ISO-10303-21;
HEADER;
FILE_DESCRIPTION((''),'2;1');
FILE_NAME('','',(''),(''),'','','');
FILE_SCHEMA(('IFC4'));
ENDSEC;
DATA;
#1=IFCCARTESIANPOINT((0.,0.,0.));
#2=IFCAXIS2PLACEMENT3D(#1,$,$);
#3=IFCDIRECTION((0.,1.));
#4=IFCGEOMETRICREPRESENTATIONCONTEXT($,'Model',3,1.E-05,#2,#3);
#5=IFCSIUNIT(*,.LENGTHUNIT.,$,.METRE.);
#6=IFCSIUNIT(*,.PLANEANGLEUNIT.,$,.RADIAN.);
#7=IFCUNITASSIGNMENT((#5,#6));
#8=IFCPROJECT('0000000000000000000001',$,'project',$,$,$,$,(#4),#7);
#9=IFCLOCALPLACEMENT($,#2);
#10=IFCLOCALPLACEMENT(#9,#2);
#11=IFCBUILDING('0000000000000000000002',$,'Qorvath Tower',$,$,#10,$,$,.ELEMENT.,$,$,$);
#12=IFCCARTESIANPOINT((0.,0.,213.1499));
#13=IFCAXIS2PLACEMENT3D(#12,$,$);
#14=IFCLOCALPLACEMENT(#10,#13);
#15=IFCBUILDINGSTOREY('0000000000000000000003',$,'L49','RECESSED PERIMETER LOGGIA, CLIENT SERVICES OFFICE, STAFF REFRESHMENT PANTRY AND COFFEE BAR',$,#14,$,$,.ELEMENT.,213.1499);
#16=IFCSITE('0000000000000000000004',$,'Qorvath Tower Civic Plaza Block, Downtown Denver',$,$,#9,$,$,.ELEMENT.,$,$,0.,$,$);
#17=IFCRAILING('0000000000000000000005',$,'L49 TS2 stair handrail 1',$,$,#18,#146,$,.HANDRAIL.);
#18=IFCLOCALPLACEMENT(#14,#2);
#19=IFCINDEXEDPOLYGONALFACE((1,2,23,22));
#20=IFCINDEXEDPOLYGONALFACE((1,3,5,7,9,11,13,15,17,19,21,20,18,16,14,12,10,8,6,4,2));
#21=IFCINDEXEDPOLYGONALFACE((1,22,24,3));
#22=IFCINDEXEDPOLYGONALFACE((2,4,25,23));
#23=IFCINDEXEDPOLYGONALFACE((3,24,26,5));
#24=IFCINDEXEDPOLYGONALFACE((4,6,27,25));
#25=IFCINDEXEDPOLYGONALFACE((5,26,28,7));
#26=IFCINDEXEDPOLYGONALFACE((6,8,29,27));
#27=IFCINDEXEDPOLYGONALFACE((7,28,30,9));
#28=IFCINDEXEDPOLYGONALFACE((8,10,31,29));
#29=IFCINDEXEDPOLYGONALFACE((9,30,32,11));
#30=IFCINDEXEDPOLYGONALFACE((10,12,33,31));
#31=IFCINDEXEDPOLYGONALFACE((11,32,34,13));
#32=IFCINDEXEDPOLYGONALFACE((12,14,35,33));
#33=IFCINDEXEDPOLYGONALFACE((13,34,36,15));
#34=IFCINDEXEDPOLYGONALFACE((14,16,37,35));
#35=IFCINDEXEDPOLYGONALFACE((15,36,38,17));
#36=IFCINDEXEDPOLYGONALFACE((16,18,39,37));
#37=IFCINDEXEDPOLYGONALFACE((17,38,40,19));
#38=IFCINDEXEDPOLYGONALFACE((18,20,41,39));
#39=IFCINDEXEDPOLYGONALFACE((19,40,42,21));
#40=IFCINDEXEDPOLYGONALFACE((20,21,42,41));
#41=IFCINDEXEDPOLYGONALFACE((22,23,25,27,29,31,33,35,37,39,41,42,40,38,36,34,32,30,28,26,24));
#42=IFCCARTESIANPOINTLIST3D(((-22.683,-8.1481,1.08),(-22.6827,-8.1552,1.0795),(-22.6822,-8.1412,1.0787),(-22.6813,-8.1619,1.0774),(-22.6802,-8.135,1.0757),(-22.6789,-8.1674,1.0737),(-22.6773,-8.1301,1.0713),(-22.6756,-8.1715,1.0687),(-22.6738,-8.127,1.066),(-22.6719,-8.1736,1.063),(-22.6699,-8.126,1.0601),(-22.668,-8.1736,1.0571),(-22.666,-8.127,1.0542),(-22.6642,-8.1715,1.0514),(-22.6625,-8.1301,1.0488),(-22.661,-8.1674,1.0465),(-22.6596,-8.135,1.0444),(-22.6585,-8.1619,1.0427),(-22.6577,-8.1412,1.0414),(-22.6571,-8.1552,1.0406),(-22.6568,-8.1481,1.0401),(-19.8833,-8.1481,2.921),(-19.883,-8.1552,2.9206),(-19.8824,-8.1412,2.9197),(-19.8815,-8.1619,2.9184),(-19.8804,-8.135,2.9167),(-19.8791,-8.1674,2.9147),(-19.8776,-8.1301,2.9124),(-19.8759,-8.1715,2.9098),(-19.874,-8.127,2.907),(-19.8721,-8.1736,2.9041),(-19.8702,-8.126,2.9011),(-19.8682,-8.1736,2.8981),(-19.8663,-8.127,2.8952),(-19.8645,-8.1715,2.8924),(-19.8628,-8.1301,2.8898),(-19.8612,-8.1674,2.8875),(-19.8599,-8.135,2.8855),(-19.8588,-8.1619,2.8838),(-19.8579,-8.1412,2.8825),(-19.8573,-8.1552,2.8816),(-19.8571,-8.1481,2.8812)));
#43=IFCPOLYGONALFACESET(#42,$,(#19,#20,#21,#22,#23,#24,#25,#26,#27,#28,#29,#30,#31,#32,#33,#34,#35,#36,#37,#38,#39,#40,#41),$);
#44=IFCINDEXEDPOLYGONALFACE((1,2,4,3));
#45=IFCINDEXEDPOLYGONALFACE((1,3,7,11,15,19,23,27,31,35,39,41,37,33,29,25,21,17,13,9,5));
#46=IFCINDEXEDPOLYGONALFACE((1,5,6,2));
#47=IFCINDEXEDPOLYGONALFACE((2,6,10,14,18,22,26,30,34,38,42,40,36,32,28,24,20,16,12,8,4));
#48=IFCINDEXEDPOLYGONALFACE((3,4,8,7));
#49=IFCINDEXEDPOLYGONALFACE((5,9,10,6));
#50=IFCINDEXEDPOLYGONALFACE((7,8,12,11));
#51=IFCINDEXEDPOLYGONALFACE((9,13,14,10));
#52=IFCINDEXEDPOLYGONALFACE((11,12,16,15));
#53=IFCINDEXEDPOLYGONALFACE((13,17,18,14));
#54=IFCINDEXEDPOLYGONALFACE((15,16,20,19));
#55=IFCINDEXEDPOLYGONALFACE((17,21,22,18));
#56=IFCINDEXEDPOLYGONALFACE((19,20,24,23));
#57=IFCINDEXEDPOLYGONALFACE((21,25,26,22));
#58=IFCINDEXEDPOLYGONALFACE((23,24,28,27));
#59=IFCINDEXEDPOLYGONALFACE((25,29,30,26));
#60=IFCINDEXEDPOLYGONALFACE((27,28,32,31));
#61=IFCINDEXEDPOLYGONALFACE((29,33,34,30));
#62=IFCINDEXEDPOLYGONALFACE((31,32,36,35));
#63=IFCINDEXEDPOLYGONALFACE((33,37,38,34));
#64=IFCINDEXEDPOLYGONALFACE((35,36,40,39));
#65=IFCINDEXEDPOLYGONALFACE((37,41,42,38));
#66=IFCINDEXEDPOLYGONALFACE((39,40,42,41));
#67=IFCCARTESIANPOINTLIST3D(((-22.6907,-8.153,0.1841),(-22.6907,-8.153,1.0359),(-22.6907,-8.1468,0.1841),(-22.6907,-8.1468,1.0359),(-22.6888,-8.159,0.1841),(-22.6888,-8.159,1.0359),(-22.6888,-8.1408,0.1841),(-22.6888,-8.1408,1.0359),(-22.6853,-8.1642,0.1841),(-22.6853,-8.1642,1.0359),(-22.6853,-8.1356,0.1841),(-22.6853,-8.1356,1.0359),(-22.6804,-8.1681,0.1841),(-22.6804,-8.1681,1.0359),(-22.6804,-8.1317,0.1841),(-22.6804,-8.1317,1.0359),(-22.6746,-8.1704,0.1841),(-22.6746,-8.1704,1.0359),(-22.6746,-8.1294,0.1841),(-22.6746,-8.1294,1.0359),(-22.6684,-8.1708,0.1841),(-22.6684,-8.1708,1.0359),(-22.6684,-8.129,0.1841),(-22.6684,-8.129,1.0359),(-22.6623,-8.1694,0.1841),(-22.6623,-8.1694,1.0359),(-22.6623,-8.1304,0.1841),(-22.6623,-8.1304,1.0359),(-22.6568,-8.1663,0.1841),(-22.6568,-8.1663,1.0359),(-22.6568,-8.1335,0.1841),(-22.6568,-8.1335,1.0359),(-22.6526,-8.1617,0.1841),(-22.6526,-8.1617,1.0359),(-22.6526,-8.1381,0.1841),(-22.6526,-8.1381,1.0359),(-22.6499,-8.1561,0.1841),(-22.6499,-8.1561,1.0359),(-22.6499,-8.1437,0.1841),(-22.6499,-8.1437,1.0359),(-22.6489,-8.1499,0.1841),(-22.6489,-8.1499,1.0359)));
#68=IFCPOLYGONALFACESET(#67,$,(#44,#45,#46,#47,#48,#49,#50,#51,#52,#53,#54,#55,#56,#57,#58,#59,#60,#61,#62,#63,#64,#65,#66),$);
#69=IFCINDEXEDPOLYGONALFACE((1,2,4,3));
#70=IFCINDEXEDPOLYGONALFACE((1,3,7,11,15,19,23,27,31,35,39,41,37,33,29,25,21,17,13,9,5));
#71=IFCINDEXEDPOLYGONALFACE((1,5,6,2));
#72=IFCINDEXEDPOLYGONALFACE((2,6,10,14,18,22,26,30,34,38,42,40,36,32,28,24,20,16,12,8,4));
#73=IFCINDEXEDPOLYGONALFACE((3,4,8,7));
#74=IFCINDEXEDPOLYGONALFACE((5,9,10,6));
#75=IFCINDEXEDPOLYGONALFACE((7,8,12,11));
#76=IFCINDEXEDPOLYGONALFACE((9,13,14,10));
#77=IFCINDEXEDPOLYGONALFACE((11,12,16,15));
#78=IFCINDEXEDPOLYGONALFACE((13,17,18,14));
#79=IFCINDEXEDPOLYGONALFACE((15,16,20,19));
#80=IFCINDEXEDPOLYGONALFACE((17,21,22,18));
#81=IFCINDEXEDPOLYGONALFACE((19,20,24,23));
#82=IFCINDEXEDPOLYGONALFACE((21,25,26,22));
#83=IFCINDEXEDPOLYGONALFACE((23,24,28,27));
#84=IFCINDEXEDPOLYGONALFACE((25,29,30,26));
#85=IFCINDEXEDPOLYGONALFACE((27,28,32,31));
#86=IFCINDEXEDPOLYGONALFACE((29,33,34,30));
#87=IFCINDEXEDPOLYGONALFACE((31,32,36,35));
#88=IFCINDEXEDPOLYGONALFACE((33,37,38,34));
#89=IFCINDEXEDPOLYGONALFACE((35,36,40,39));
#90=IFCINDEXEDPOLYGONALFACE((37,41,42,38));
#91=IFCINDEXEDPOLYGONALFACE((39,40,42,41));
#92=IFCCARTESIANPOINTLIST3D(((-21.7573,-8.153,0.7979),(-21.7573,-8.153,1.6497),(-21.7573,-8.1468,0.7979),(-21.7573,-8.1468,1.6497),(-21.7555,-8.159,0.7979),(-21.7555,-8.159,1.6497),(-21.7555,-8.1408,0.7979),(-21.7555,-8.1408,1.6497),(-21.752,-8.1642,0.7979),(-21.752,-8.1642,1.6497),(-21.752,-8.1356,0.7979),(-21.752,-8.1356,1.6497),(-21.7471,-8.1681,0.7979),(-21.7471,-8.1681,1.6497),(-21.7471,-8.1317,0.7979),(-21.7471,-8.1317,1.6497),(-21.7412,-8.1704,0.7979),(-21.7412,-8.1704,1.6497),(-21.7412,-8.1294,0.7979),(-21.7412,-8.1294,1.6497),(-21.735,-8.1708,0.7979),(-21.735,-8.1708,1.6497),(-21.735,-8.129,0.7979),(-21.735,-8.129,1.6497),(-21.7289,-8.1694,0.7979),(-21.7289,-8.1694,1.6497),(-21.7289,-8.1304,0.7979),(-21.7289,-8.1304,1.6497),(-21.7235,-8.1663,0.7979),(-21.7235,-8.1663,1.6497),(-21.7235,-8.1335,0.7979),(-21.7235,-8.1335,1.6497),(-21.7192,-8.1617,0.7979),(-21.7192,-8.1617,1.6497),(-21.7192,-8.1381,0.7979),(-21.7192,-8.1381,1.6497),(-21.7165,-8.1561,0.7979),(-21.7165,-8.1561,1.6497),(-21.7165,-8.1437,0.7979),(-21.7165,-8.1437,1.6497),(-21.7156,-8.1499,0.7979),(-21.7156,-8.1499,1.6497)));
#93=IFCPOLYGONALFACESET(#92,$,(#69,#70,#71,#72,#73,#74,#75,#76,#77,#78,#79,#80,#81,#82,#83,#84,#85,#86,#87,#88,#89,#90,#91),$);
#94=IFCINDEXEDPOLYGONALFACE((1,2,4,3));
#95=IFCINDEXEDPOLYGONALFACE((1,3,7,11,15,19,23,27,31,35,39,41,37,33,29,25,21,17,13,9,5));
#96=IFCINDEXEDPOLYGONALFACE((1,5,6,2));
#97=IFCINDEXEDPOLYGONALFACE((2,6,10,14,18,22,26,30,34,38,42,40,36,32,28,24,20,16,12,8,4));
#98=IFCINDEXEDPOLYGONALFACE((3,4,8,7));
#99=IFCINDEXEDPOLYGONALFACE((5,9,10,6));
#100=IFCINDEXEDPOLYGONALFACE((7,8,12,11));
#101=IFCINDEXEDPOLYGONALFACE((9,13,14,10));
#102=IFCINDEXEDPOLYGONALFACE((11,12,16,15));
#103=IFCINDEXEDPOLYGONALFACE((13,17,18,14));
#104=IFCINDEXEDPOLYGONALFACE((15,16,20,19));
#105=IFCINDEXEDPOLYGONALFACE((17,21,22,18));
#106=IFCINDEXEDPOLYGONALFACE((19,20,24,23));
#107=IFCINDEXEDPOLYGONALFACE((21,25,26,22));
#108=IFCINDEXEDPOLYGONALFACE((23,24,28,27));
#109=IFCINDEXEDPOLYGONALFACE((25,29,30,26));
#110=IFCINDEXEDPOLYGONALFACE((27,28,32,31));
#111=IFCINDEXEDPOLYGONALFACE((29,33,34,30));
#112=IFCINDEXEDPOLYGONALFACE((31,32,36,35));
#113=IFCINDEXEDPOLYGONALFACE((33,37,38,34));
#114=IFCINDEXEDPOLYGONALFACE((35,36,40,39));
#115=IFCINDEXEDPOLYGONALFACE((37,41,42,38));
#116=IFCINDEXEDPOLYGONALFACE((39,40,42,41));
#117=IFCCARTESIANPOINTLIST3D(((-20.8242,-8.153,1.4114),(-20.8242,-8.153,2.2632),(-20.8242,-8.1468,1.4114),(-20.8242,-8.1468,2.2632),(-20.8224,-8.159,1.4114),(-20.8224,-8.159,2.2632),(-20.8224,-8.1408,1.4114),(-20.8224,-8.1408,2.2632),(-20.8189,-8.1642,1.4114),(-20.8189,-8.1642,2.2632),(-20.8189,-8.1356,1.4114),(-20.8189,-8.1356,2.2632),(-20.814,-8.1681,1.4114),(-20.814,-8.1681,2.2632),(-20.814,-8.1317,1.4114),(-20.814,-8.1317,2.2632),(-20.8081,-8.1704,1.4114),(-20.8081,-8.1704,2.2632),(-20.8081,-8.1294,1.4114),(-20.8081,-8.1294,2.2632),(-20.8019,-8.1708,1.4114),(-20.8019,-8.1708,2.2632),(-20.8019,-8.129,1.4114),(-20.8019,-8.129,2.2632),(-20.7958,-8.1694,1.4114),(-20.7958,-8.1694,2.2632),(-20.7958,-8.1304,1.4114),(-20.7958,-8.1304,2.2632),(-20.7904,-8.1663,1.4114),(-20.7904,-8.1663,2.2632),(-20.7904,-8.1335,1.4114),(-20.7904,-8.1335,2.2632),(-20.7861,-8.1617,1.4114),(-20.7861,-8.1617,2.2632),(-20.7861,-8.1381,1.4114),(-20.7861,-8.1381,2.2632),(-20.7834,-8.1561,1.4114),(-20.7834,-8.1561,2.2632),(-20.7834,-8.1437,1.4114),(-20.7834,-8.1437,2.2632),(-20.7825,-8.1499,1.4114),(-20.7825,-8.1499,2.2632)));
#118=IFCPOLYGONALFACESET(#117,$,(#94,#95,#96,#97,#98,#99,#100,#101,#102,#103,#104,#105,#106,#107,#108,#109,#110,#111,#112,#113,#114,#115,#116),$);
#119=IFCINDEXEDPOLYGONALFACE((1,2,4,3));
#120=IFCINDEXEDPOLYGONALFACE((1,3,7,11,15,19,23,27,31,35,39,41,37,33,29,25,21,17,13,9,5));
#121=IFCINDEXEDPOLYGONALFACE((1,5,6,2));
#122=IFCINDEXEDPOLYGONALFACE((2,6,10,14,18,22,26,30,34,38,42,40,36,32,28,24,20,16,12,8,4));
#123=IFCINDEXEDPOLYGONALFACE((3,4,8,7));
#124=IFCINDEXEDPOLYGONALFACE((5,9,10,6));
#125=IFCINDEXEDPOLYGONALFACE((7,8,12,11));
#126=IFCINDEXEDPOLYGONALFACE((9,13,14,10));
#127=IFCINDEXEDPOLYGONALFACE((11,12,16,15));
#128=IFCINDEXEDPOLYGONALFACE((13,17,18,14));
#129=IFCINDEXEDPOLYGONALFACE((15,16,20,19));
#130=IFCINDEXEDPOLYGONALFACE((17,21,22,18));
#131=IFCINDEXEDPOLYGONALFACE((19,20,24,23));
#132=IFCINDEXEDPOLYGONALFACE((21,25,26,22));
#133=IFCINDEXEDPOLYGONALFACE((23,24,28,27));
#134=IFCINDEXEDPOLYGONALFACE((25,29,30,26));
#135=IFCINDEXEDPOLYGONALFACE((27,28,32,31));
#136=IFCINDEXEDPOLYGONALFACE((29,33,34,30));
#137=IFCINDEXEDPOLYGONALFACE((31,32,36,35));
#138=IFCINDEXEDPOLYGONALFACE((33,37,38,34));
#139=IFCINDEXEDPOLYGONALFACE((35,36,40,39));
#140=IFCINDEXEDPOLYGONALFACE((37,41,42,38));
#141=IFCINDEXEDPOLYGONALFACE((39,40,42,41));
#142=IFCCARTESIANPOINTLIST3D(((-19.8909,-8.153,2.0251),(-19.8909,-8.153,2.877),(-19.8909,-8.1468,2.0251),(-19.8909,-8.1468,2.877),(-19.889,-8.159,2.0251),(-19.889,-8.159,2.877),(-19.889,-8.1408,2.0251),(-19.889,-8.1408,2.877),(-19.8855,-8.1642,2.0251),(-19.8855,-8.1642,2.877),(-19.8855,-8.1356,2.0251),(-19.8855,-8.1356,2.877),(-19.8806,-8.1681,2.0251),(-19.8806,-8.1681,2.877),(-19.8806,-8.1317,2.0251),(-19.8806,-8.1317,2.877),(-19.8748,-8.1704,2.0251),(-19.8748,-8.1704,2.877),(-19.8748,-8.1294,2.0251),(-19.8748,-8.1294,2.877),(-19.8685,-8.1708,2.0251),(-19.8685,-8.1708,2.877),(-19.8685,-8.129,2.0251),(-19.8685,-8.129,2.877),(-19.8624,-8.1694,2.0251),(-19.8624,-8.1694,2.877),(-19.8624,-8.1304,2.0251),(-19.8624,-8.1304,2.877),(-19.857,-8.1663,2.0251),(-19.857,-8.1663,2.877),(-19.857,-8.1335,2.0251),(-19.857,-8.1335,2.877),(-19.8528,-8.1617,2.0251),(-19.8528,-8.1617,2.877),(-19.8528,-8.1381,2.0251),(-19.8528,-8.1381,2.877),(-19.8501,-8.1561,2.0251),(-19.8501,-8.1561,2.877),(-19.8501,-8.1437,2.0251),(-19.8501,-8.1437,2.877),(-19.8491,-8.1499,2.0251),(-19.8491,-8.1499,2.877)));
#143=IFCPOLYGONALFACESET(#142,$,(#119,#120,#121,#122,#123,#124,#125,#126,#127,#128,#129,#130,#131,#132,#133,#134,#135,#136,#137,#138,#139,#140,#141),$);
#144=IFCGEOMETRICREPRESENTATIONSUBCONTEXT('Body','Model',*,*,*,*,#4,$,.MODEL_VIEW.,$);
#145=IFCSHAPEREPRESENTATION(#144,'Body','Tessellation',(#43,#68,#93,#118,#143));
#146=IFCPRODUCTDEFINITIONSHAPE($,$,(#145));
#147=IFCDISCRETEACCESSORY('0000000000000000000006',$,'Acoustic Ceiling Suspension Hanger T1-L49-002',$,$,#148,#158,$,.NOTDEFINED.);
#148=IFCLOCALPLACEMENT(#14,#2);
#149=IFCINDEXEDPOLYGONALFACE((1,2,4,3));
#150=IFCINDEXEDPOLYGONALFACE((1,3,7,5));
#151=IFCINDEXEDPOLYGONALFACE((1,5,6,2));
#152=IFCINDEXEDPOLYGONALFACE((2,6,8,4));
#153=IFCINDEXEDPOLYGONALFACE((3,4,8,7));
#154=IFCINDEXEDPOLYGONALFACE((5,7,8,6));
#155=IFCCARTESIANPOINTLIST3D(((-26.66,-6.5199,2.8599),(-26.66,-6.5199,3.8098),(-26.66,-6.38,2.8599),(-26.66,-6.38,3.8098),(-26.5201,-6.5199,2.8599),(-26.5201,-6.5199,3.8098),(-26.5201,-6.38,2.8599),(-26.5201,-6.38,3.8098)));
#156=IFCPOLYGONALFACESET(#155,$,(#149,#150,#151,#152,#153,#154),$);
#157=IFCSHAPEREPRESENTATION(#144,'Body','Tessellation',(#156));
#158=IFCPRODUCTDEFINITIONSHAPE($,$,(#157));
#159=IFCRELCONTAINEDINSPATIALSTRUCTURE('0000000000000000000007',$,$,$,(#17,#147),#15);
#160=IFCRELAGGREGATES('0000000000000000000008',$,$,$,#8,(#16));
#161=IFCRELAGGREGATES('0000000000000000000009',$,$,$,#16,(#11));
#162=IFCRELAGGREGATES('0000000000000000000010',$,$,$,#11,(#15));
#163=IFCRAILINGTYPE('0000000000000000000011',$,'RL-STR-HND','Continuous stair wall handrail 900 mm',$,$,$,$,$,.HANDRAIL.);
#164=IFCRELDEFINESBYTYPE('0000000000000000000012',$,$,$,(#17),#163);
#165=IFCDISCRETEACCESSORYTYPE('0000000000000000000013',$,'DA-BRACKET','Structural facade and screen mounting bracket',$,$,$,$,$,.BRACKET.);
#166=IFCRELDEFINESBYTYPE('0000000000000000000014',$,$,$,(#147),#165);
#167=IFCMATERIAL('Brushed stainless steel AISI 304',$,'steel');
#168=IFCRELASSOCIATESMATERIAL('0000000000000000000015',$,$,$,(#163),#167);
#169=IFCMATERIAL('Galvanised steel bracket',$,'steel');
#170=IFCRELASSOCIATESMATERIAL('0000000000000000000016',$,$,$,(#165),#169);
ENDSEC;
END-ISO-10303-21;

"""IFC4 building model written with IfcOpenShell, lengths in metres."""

from ifc_helpers import new_model, si_unit, direction, frame, origin, origin_2d, place, context, subcontext, project, spatial, rectangle, circle, extrude, material, type_object, element, save


model = new_model("IFC4")

# Units and contexts
model_context = context("Model", 3, precision=1e-05, world=origin(), true_north=direction((0.0, 1.0)))
body_context = subcontext(model_context, "Body", "Model", "MODEL_VIEW")
ifc_project = project(units=[si_unit("LENGTHUNIT", "METRE"), si_unit("PLANEANGLEUNIT", "RADIAN")], contexts=[model_context])

# Site, building, storey
site_placement = place(None, origin())
site = spatial("IfcSite", under=ifc_project, at=site_placement, Name="Qorvath Tower Civic Plaza Block, Downtown Denver", CompositionType="ELEMENT", RefElevation=0.0)
building_placement = place(site_placement, origin())
building = spatial("IfcBuilding", under=site, at=building_placement, Name="Qorvath Tower", CompositionType="ELEMENT")
storey_placement = place(building_placement, frame((0.0, 0.0, 213.1499)))
storey = spatial("IfcBuildingStorey", under=building, at=storey_placement, Name="L49", Description="RECESSED PERIMETER LOGGIA, CLIENT SERVICES OFFICE, STAFF REFRESHMENT PANTRY AND COFFEE BAR", CompositionType="ELEMENT", Elevation=213.1499)

# Railing
ifc_material_1 = material(Name="Brushed stainless steel AISI 304", Category="steel")
railing_type_1 = type_object("IfcRailingType", Name="RL-STR-HND", Description="Continuous stair wall handrail 900 mm", PredefinedType="HANDRAIL", material=ifc_material_1)
railing_1_placement = place(storey_placement, frame((-22.6699, -8.1499, 0.1841)))
element("IfcRailing", 1, at=railing_1_placement, inside=storey, type_object=railing_type_1, Name="L49 TS2 stair handrail 1", PredefinedType="HANDRAIL", context=body_context, shape_type="SweptSolid", body=[
    extrude(circle(Radius=0.0239, at=origin_2d()), frame((0.0, 0.0, 0.876), z_axis=(0.835542, 0.0, 0.549426), x_axis=(0.0, 1.0, 0.0)), (0.0, 0.0, 1.0), 3.3508),
    extrude(circle(Radius=0.021, at=origin_2d()), origin(), (0.0, 0.0, 1.0), 0.8518),
    extrude(circle(Radius=0.021, at=origin_2d()), frame((0.9333, 0.0, 0.6138)), (0.0, 0.0, 1.0), 0.8518),
    extrude(circle(Radius=0.021, at=origin_2d()), frame((1.8665, 0.0, 1.2273)), (0.0, 0.0, 1.0), 0.8518),
    extrude(circle(Radius=0.021, at=origin_2d()), frame((2.7998, 0.0, 1.8411)), (0.0, 0.0, 1.0), 0.8518),
])

# Discrete accessory
ifc_material_2 = material(Name="Galvanised steel bracket", Category="steel")
discrete_accessory_type = type_object("IfcDiscreteAccessoryType", Name="DA-BRACKET", Description="Structural facade and screen mounting bracket", PredefinedType="BRACKET", material=ifc_material_2)
discrete_accessory_placement = place(storey_placement, frame((-26.5901, -6.45, 2.8599), z_axis=(0.0, 0.0, 1.0), x_axis=(1.0, 0.0, 0.0)))
element("IfcDiscreteAccessory", 2, at=discrete_accessory_placement, inside=storey, type_object=discrete_accessory_type, Name="Acoustic Ceiling Suspension Hanger T1-L49-002", PredefinedType="NOTDEFINED", context=body_context, shape_type="SweptSolid", body=[
    extrude(rectangle(XDim=0.1399, YDim=0.1399, at=origin_2d()), origin(), (0.0, 0.0, 1.0), 0.95),
])

save(model, "model.ifc")
